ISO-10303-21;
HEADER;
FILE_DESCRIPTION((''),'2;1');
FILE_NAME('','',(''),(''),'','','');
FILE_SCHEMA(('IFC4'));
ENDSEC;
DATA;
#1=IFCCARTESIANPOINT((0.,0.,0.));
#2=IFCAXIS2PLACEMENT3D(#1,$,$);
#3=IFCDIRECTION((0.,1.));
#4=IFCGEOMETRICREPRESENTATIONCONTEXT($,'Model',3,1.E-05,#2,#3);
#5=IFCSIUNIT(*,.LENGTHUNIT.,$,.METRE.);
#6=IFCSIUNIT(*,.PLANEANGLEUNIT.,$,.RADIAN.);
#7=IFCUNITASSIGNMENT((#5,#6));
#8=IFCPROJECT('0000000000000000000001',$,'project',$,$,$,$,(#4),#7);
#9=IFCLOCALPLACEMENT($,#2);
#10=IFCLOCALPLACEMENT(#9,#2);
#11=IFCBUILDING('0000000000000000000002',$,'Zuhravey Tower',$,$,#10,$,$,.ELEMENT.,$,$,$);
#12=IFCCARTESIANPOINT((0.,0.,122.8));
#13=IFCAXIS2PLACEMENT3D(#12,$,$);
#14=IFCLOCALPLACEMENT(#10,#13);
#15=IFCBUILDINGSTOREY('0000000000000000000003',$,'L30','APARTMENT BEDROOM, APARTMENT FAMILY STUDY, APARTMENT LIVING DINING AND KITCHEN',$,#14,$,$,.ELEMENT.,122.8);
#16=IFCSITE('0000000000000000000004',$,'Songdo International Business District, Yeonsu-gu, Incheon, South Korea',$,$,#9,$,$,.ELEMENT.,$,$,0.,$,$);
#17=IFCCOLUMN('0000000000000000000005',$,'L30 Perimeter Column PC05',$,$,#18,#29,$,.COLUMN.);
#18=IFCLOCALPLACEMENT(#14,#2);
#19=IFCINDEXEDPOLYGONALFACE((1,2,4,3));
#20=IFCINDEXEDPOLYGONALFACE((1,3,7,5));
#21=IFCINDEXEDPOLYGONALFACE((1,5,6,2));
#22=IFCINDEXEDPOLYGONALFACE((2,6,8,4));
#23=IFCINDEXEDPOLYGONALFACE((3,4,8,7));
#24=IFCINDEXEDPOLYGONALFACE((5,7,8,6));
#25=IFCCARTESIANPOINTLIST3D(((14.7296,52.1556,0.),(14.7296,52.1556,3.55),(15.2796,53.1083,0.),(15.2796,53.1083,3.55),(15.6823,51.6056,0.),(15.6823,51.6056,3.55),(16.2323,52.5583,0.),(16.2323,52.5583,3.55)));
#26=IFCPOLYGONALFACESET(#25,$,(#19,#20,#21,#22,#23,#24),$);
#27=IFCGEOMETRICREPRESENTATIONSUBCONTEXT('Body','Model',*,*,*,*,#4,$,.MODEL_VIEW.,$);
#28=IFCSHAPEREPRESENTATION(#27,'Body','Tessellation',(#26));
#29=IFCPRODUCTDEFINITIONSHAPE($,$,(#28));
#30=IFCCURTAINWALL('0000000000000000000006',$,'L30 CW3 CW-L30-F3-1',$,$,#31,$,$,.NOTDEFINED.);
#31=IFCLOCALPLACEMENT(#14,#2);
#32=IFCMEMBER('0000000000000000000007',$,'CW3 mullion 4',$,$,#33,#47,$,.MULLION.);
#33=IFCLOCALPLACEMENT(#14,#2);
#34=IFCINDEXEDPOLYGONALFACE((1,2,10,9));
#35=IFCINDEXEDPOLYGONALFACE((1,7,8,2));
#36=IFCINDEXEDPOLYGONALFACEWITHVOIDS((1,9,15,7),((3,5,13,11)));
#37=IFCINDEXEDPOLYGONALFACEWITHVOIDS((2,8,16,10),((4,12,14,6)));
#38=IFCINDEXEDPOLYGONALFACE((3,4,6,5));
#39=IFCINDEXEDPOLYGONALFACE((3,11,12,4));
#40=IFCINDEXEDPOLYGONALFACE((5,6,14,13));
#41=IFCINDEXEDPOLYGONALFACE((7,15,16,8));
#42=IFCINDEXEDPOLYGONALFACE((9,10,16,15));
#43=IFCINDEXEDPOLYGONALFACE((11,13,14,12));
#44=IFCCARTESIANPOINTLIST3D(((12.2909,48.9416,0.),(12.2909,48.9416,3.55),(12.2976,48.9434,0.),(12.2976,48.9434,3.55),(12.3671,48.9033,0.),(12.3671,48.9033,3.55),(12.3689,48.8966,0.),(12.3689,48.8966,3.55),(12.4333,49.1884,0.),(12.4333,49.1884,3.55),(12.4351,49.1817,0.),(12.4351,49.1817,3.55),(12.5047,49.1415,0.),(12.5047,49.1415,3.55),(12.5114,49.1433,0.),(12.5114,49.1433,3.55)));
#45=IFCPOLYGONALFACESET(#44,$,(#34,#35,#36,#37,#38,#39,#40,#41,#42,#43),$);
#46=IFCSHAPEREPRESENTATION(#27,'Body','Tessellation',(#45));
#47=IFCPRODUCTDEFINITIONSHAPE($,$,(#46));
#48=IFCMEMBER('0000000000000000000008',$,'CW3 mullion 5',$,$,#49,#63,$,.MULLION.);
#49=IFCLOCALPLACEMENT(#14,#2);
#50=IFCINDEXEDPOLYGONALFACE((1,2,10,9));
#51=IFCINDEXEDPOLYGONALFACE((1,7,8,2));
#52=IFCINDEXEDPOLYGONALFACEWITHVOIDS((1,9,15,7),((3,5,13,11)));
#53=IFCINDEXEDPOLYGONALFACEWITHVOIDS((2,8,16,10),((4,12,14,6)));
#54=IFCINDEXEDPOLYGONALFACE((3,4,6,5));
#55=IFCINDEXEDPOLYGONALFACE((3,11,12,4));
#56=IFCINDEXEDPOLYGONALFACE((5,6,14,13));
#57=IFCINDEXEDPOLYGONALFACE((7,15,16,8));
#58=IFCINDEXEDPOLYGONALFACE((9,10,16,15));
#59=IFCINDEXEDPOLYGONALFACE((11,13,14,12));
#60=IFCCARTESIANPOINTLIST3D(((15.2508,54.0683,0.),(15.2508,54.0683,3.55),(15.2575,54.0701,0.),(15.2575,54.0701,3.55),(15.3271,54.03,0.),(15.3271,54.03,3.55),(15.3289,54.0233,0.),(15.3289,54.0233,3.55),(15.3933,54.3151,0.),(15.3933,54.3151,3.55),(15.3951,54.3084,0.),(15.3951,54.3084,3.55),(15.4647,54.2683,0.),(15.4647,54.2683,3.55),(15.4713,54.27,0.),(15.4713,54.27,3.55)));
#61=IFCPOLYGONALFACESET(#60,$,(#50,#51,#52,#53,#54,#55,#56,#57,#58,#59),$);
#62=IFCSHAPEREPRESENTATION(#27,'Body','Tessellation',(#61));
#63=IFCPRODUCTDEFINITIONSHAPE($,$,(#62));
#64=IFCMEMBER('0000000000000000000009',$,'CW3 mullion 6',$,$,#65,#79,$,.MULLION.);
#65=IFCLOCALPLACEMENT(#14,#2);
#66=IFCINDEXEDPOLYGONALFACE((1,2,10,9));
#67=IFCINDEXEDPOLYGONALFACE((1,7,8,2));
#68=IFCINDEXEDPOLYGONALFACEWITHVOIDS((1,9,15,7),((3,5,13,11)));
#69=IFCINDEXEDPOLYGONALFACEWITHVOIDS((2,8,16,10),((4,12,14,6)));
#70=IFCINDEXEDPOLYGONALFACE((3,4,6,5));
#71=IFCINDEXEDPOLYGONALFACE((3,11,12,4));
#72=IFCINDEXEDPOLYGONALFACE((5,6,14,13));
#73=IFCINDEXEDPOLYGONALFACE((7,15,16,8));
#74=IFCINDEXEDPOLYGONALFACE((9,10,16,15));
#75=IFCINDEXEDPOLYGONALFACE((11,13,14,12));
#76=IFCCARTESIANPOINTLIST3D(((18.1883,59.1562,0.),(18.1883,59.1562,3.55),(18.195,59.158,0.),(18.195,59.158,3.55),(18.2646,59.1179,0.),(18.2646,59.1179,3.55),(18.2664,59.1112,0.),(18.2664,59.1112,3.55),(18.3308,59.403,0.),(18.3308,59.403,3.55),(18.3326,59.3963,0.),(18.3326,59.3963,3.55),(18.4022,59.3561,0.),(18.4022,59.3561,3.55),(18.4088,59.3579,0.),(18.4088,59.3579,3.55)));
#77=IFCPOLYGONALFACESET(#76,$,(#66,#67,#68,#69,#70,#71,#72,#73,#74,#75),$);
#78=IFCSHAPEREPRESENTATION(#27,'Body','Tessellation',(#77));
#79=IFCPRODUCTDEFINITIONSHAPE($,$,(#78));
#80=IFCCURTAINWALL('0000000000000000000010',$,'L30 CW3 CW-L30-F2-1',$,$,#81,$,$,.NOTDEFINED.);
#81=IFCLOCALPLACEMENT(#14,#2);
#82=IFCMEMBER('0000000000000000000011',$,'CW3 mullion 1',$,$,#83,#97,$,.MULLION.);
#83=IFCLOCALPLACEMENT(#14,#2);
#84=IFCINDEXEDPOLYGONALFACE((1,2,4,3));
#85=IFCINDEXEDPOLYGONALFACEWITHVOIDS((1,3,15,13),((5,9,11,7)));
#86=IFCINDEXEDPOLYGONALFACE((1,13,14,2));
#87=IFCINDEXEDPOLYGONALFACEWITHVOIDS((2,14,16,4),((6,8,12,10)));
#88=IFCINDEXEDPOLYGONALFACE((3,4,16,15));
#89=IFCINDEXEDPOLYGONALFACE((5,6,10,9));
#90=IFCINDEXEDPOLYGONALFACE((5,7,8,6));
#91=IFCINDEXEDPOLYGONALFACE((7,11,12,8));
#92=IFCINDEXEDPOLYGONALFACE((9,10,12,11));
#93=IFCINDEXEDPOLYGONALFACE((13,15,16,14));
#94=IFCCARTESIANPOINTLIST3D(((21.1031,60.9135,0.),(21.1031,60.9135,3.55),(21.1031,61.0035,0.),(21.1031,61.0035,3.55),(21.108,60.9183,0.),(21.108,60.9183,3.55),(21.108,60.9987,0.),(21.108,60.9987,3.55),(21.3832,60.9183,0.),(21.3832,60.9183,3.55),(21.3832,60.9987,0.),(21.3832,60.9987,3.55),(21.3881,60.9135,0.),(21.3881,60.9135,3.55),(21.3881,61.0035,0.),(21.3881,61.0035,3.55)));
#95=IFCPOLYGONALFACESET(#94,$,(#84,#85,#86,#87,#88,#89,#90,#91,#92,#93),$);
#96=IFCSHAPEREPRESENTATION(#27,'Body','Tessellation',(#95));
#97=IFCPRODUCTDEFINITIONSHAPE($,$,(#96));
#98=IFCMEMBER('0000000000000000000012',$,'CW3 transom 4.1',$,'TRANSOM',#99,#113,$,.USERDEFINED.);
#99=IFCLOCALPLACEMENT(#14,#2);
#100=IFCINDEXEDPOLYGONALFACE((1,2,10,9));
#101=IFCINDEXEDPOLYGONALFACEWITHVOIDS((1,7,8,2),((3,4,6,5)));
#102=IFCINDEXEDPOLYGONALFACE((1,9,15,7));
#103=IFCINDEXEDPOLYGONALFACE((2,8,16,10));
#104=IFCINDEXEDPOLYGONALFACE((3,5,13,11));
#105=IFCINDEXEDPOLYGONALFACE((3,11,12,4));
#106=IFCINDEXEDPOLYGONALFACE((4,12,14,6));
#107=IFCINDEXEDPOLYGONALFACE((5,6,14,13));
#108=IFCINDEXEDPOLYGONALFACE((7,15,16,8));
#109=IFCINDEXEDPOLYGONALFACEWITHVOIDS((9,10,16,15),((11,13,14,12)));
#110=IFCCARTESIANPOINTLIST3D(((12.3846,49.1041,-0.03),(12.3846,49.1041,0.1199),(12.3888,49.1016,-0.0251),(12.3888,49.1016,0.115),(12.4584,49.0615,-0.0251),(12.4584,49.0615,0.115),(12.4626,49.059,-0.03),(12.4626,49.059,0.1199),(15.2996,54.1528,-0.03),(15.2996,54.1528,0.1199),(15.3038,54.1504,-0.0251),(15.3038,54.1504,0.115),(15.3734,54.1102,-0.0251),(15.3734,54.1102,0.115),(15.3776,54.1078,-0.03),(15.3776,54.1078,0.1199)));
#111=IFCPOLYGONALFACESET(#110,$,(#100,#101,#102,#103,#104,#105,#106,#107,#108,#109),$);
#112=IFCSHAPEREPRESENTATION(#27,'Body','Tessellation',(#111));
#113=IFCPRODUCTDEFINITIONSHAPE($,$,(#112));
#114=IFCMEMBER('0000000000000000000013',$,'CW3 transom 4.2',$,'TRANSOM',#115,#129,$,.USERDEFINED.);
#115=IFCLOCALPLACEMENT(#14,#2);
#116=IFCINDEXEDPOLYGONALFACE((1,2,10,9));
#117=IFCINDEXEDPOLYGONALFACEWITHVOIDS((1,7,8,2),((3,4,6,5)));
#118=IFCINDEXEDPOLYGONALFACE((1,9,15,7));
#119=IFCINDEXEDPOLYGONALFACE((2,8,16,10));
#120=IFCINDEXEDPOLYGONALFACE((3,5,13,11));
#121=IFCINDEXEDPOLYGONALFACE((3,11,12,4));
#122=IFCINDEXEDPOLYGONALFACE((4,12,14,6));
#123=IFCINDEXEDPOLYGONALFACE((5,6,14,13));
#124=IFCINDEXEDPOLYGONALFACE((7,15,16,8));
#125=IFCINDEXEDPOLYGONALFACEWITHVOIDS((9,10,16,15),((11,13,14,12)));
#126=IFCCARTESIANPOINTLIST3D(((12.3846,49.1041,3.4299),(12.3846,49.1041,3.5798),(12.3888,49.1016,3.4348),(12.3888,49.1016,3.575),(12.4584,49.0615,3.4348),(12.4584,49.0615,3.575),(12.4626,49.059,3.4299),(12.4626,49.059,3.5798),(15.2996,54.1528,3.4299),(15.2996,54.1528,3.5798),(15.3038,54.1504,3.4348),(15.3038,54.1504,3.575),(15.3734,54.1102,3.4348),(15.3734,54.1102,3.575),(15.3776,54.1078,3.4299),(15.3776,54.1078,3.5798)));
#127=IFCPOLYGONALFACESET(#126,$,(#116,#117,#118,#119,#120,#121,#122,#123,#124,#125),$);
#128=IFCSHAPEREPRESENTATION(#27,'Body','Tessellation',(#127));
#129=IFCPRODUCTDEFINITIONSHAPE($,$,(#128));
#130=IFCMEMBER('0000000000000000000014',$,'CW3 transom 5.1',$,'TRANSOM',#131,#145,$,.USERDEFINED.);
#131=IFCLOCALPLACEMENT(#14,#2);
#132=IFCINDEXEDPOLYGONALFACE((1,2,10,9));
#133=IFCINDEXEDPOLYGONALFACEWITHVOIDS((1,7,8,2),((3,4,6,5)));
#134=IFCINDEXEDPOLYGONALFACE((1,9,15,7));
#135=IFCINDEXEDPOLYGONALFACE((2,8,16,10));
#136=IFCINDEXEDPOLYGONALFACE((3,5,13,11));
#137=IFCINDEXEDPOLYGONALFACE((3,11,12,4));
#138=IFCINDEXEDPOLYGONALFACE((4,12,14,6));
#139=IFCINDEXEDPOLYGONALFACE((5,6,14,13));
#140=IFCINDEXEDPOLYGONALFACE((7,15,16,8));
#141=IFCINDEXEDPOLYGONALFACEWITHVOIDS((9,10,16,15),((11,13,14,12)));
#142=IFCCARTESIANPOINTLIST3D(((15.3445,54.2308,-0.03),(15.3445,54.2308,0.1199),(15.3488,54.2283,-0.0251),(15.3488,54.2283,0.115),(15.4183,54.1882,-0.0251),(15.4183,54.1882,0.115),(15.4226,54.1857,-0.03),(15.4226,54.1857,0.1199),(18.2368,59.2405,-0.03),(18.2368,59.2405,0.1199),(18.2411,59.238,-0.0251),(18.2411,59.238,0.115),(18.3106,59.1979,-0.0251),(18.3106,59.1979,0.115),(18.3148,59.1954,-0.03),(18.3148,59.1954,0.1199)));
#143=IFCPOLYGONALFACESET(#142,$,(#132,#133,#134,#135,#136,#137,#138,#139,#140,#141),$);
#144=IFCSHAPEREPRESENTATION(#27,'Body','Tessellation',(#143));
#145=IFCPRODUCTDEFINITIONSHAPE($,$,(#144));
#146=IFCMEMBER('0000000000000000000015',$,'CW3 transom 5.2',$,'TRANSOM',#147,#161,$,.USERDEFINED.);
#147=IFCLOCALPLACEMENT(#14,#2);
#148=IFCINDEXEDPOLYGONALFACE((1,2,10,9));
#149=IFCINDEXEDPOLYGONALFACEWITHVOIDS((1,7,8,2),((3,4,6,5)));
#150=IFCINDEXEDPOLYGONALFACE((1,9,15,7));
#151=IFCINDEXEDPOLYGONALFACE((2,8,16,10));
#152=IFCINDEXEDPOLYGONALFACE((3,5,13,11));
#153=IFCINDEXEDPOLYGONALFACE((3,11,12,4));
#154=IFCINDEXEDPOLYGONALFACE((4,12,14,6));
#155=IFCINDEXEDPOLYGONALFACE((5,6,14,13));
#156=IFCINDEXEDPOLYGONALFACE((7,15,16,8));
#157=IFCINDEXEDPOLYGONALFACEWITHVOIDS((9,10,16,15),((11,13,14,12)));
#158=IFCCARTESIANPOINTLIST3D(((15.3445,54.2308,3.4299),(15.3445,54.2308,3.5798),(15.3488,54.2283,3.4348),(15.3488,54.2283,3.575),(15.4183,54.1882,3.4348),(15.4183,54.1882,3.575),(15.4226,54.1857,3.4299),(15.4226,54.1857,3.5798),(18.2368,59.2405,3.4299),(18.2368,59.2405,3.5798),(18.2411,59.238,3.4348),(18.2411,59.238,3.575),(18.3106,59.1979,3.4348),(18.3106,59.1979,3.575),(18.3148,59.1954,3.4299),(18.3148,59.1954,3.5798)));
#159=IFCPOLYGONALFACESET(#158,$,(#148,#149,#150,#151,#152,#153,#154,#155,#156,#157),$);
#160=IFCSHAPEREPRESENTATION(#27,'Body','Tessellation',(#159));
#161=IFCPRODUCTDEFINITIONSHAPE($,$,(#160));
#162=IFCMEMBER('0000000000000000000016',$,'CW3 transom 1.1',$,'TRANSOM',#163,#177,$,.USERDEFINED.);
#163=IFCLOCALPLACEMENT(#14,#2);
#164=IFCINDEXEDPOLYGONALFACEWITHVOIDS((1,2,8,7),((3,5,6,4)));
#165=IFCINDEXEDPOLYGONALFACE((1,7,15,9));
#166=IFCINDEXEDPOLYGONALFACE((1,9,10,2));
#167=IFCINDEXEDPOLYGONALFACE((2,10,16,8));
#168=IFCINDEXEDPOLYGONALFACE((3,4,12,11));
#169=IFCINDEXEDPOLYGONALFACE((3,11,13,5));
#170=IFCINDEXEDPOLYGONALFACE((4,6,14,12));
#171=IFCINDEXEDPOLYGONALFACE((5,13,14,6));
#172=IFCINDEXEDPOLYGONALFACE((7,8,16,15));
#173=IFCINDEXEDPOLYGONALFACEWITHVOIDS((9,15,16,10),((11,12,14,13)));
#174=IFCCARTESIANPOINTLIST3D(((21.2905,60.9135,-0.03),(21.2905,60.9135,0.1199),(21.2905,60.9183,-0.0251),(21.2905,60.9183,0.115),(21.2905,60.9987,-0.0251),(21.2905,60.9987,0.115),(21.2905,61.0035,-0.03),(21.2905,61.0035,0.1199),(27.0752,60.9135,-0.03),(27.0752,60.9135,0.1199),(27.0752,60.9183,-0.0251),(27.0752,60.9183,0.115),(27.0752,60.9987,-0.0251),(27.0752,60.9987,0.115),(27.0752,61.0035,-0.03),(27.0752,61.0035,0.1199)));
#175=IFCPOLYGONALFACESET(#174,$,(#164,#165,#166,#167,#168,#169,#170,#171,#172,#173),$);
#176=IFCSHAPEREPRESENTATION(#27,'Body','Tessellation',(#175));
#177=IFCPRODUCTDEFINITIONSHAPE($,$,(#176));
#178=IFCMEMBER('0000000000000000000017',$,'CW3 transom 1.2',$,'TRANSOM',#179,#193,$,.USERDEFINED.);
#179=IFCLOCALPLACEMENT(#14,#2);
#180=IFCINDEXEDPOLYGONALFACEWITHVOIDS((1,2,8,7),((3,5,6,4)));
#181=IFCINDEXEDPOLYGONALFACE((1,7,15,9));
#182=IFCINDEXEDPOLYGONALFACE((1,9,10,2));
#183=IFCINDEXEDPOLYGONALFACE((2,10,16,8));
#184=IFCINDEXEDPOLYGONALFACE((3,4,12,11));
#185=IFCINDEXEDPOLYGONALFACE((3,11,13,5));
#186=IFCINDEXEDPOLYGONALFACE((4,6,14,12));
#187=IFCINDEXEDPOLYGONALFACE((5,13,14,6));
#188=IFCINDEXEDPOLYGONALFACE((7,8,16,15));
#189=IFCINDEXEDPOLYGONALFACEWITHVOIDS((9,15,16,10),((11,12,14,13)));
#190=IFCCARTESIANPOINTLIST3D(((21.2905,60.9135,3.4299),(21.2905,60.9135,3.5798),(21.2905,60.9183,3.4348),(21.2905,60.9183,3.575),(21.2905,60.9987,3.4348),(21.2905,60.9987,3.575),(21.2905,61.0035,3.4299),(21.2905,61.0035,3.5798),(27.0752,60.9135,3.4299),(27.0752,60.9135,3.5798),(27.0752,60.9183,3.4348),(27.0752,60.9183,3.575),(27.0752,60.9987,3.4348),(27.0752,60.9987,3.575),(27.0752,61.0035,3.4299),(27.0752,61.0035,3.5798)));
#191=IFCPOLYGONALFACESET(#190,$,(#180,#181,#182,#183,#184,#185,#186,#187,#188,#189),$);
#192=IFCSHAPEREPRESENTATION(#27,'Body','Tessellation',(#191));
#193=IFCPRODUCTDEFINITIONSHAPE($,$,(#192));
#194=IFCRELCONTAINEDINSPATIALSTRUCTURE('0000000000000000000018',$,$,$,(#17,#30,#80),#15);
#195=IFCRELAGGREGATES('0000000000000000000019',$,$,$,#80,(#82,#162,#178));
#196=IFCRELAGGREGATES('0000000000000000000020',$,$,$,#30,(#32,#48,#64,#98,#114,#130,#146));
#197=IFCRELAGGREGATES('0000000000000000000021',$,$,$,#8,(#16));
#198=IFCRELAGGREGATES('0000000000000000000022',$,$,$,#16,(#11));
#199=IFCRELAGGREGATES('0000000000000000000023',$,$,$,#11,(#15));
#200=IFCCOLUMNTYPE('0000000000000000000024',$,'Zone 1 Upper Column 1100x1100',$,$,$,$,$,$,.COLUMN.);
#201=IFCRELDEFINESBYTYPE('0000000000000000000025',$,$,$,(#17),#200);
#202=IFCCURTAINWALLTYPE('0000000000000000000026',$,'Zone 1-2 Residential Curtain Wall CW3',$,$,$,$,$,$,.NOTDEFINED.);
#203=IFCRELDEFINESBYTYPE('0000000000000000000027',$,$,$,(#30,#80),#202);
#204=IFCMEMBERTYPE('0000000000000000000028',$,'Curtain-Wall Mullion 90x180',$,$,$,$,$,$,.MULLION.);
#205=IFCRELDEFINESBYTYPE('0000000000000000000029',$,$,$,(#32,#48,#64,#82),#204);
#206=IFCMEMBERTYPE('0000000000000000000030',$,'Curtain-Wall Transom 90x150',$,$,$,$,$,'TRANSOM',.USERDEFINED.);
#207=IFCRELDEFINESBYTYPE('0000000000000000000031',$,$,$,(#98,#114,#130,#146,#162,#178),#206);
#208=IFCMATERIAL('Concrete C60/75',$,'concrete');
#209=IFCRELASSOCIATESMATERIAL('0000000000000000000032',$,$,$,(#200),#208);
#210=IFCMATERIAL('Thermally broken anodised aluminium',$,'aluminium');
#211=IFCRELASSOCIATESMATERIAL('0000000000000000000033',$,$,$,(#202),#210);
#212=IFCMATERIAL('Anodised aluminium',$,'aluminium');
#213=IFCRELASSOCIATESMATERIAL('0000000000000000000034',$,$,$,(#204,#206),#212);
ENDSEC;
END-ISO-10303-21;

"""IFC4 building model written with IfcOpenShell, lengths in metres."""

from ifc_helpers import new_model, si_unit, direction, frame, origin, origin_2d, place, context, subcontext, project, spatial, rectangle, hollow_rectangle, extrude, material, material_profile, profile_set, type_object, element, aggregate, save


model = new_model("IFC4")

# Units and contexts
model_context = context("Model", 3, precision=1e-05, world=origin(), true_north=direction((0.0, 1.0)))
body_context = subcontext(model_context, "Body", "Model", "MODEL_VIEW")
ifc_project = project(units=[si_unit("LENGTHUNIT", "METRE"), si_unit("PLANEANGLEUNIT", "RADIAN")], contexts=[model_context])

# Site, building, storey
site_placement = place(None, origin())
site = spatial("IfcSite", under=ifc_project, at=site_placement, Name="Songdo International Business District, Yeonsu-gu, Incheon, South Korea", CompositionType="ELEMENT", RefElevation=0.0)
building_placement = place(site_placement, origin())
building = spatial("IfcBuilding", under=site, at=building_placement, Name="Zuhravey Tower", CompositionType="ELEMENT")
storey_placement = place(building_placement, frame((0.0, 0.0, 122.8)))
storey = spatial("IfcBuildingStorey", under=building, at=storey_placement, Name="L30", Description="APARTMENT BEDROOM, APARTMENT FAMILY STUDY, APARTMENT LIVING DINING AND KITCHEN", CompositionType="ELEMENT", Elevation=122.8)

# Column
ifc_material_1 = material(Name="Concrete C60/75", Category="concrete")
ifc_material_profile_1 = material_profile(ifc_material_1, rectangle(XDim=1.1001, YDim=1.1001, at=origin_2d()), Name="RC-1100x1100")
ifc_profile_set_1 = profile_set([ifc_material_profile_1], Name="Concrete C60/75")
column_type = type_object("IfcColumnType", Name="Zone 1 Upper Column 1100x1100", PredefinedType="COLUMN", material=ifc_profile_set_1)
column_placement = place(storey_placement, frame((15.481, 52.3569, 0.0), z_axis=(0.0, 0.0, 1.0), x_axis=(-0.5, -0.866025, 0.0)))
element("IfcColumn", 1, at=column_placement, inside=storey, type_object=column_type, Name="L30 Perimeter Column PC05", PredefinedType="COLUMN", context=body_context, shape_type="SweptSolid", body=[
    extrude(rectangle(XDim=1.1001, YDim=1.1001, at=origin_2d()), origin(), (0.0, 0.0, 1.0), 3.55),
])

# Curtain wall, members
ifc_material_2 = material(Name="Thermally broken anodised aluminium", Category="aluminium")
curtain_wall_type = type_object("IfcCurtainWallType", Name="Zone 1-2 Residential Curtain Wall CW3", PredefinedType="NOTDEFINED", material=ifc_material_2)
curtain_wall_1_placement = place(storey_placement, origin())
curtain_wall_1 = element("IfcCurtainWall", 2, at=curtain_wall_1_placement, inside=storey, type_object=curtain_wall_type, Name="L30 CW3 CW-L30-F3-1", PredefinedType="NOTDEFINED")
ifc_material_3 = material(Name="Anodised aluminium", Category="aluminium")
ifc_material_profile_2 = material_profile(ifc_material_3, hollow_rectangle(XDim=0.0901, YDim=0.2849, WallThickness=0.0049, at=origin_2d()), Name="ALU-RHS-90x285x5")
ifc_profile_set_2 = profile_set([ifc_material_profile_2], Name="Anodised aluminium")
member_type_1 = type_object("IfcMemberType", Name="Curtain-Wall Mullion 90x180", PredefinedType="MULLION", material=ifc_profile_set_2)
member_1_placement = place(storey_placement, frame((12.4011, 49.0425, 0.0), z_axis=(0.0, 0.0, 1.0), x_axis=(-0.866026, 0.5, 0.0)))
member_1 = element("IfcMember", 3, at=member_1_placement, type_object=member_type_1, Name="CW3 mullion 4", PredefinedType="MULLION", context=body_context, shape_type="SweptSolid", body=[
    extrude(hollow_rectangle(XDim=0.0901, YDim=0.2849, WallThickness=0.0049, at=origin_2d()), origin(), (0.0, 0.0, 1.0), 3.55),
])
member_2_placement = place(storey_placement, frame((15.3611, 54.1692, 0.0), z_axis=(0.0, 0.0, 1.0), x_axis=(-0.866026, 0.5, 0.0)))
member_2 = element("IfcMember", 4, at=member_2_placement, type_object=member_type_1, Name="CW3 mullion 5", PredefinedType="MULLION", context=body_context, shape_type="SweptSolid", body=[
    extrude(hollow_rectangle(XDim=0.0901, YDim=0.2849, WallThickness=0.0049, at=origin_2d()), origin(), (0.0, 0.0, 1.0), 3.55),
])
member_3_placement = place(storey_placement, frame((18.2986, 59.2571, 0.0), z_axis=(0.0, 0.0, 1.0), x_axis=(-0.866026, 0.5, 0.0)))
member_3 = element("IfcMember", 5, at=member_3_placement, type_object=member_type_1, Name="CW3 mullion 6", PredefinedType="MULLION", context=body_context, shape_type="SweptSolid", body=[
    extrude(hollow_rectangle(XDim=0.0901, YDim=0.2849, WallThickness=0.0049, at=origin_2d()), origin(), (0.0, 0.0, 1.0), 3.55),
])

# Curtain wall, member
curtain_wall_2_placement = place(storey_placement, origin())
curtain_wall_2 = element("IfcCurtainWall", 6, at=curtain_wall_2_placement, inside=storey, type_object=curtain_wall_type, Name="L30 CW3 CW-L30-F2-1", PredefinedType="NOTDEFINED")
member_4_placement = place(storey_placement, frame((21.2456, 60.9585, 0.0), z_axis=(0.0, 0.0, 1.0), x_axis=(0.0, 1.0, 0.0)))
member_4 = element("IfcMember", 7, at=member_4_placement, type_object=member_type_1, Name="CW3 mullion 1", PredefinedType="MULLION", context=body_context, shape_type="SweptSolid", body=[
    extrude(hollow_rectangle(XDim=0.0901, YDim=0.2849, WallThickness=0.0049, at=origin_2d()), origin(), (0.0, 0.0, 1.0), 3.55),
])

# Members
ifc_material_profile_3 = material_profile(ifc_material_3, hollow_rectangle(XDim=0.0901, YDim=0.1499, WallThickness=0.0049, at=origin_2d()), Name="ALU-RHS-90x150x5")
ifc_profile_set_3 = profile_set([ifc_material_profile_3], Name="Anodised aluminium")
member_type_2 = type_object("IfcMemberType", Name="Curtain-Wall Transom 90x150", ElementType="TRANSOM", PredefinedType="USERDEFINED", material=ifc_profile_set_3)
member_5_placement = place(storey_placement, frame((12.4236, 49.0815, 0.0449), z_axis=(0.500012, 0.866018, 0.0), x_axis=(-0.866018, 0.500012, 0.0)))
member_5 = element("IfcMember", 8, at=member_5_placement, type_object=member_type_2, Name="CW3 transom 4.1", ObjectType="TRANSOM", PredefinedType="USERDEFINED", context=body_context, shape_type="SweptSolid", body=[
    extrude(hollow_rectangle(XDim=0.0901, YDim=0.1499, WallThickness=0.0049, at=origin_2d()), origin(), (0.0, 0.0, 1.0), 5.8298),
])
member_6_placement = place(storey_placement, frame((12.4236, 49.0815, 3.5049), z_axis=(0.500012, 0.866018, 0.0), x_axis=(-0.866018, 0.500012, 0.0)))
member_6 = element("IfcMember", 9, at=member_6_placement, type_object=member_type_2, Name="CW3 transom 4.2", ObjectType="TRANSOM", PredefinedType="USERDEFINED", context=body_context, shape_type="SweptSolid", body=[
    extrude(hollow_rectangle(XDim=0.0901, YDim=0.1499, WallThickness=0.0049, at=origin_2d()), origin(), (0.0, 0.0, 1.0), 5.8298),
])
member_7_placement = place(storey_placement, frame((15.3835, 54.2083, 0.0449), z_axis=(0.499993, 0.86603, 0.0), x_axis=(-0.86603, 0.499993, 0.0)))
member_7 = element("IfcMember", 10, at=member_7_placement, type_object=member_type_2, Name="CW3 transom 5.1", ObjectType="TRANSOM", PredefinedType="USERDEFINED", context=body_context, shape_type="SweptSolid", body=[
    extrude(hollow_rectangle(XDim=0.0901, YDim=0.1499, WallThickness=0.0049, at=origin_2d()), origin(), (0.0, 0.0, 1.0), 5.7847),
])
member_8_placement = place(storey_placement, frame((15.3835, 54.2083, 3.5049), z_axis=(0.499993, 0.86603, 0.0), x_axis=(-0.86603, 0.499993, 0.0)))
member_8 = element("IfcMember", 11, at=member_8_placement, type_object=member_type_2, Name="CW3 transom 5.2", ObjectType="TRANSOM", PredefinedType="USERDEFINED", context=body_context, shape_type="SweptSolid", body=[
    extrude(hollow_rectangle(XDim=0.0901, YDim=0.1499, WallThickness=0.0049, at=origin_2d()), origin(), (0.0, 0.0, 1.0), 5.7847),
])
member_9_placement = place(storey_placement, frame((21.2905, 60.9585, 0.0449), z_axis=(1.0, 0.0, 0.0), x_axis=(0.0, 1.0, 0.0)))
member_9 = element("IfcMember", 12, at=member_9_placement, type_object=member_type_2, Name="CW3 transom 1.1", ObjectType="TRANSOM", PredefinedType="USERDEFINED", context=body_context, shape_type="SweptSolid", body=[
    extrude(hollow_rectangle(XDim=0.0901, YDim=0.1499, WallThickness=0.0049, at=origin_2d()), origin(), (0.0, 0.0, 1.0), 5.7847),
])
member_10_placement = place(storey_placement, frame((21.2905, 60.9585, 3.5049), z_axis=(1.0, 0.0, 0.0), x_axis=(0.0, 1.0, 0.0)))
member_10 = element("IfcMember", 13, at=member_10_placement, type_object=member_type_2, Name="CW3 transom 1.2", ObjectType="TRANSOM", PredefinedType="USERDEFINED", context=body_context, shape_type="SweptSolid", body=[
    extrude(hollow_rectangle(XDim=0.0901, YDim=0.1499, WallThickness=0.0049, at=origin_2d()), origin(), (0.0, 0.0, 1.0), 5.7847),
])
aggregate(curtain_wall_2, [member_4, member_9, member_10])

aggregate(curtain_wall_1, [member_1, member_2, member_3, member_5, member_6, member_7, member_8])

save(model, "model.ifc")
